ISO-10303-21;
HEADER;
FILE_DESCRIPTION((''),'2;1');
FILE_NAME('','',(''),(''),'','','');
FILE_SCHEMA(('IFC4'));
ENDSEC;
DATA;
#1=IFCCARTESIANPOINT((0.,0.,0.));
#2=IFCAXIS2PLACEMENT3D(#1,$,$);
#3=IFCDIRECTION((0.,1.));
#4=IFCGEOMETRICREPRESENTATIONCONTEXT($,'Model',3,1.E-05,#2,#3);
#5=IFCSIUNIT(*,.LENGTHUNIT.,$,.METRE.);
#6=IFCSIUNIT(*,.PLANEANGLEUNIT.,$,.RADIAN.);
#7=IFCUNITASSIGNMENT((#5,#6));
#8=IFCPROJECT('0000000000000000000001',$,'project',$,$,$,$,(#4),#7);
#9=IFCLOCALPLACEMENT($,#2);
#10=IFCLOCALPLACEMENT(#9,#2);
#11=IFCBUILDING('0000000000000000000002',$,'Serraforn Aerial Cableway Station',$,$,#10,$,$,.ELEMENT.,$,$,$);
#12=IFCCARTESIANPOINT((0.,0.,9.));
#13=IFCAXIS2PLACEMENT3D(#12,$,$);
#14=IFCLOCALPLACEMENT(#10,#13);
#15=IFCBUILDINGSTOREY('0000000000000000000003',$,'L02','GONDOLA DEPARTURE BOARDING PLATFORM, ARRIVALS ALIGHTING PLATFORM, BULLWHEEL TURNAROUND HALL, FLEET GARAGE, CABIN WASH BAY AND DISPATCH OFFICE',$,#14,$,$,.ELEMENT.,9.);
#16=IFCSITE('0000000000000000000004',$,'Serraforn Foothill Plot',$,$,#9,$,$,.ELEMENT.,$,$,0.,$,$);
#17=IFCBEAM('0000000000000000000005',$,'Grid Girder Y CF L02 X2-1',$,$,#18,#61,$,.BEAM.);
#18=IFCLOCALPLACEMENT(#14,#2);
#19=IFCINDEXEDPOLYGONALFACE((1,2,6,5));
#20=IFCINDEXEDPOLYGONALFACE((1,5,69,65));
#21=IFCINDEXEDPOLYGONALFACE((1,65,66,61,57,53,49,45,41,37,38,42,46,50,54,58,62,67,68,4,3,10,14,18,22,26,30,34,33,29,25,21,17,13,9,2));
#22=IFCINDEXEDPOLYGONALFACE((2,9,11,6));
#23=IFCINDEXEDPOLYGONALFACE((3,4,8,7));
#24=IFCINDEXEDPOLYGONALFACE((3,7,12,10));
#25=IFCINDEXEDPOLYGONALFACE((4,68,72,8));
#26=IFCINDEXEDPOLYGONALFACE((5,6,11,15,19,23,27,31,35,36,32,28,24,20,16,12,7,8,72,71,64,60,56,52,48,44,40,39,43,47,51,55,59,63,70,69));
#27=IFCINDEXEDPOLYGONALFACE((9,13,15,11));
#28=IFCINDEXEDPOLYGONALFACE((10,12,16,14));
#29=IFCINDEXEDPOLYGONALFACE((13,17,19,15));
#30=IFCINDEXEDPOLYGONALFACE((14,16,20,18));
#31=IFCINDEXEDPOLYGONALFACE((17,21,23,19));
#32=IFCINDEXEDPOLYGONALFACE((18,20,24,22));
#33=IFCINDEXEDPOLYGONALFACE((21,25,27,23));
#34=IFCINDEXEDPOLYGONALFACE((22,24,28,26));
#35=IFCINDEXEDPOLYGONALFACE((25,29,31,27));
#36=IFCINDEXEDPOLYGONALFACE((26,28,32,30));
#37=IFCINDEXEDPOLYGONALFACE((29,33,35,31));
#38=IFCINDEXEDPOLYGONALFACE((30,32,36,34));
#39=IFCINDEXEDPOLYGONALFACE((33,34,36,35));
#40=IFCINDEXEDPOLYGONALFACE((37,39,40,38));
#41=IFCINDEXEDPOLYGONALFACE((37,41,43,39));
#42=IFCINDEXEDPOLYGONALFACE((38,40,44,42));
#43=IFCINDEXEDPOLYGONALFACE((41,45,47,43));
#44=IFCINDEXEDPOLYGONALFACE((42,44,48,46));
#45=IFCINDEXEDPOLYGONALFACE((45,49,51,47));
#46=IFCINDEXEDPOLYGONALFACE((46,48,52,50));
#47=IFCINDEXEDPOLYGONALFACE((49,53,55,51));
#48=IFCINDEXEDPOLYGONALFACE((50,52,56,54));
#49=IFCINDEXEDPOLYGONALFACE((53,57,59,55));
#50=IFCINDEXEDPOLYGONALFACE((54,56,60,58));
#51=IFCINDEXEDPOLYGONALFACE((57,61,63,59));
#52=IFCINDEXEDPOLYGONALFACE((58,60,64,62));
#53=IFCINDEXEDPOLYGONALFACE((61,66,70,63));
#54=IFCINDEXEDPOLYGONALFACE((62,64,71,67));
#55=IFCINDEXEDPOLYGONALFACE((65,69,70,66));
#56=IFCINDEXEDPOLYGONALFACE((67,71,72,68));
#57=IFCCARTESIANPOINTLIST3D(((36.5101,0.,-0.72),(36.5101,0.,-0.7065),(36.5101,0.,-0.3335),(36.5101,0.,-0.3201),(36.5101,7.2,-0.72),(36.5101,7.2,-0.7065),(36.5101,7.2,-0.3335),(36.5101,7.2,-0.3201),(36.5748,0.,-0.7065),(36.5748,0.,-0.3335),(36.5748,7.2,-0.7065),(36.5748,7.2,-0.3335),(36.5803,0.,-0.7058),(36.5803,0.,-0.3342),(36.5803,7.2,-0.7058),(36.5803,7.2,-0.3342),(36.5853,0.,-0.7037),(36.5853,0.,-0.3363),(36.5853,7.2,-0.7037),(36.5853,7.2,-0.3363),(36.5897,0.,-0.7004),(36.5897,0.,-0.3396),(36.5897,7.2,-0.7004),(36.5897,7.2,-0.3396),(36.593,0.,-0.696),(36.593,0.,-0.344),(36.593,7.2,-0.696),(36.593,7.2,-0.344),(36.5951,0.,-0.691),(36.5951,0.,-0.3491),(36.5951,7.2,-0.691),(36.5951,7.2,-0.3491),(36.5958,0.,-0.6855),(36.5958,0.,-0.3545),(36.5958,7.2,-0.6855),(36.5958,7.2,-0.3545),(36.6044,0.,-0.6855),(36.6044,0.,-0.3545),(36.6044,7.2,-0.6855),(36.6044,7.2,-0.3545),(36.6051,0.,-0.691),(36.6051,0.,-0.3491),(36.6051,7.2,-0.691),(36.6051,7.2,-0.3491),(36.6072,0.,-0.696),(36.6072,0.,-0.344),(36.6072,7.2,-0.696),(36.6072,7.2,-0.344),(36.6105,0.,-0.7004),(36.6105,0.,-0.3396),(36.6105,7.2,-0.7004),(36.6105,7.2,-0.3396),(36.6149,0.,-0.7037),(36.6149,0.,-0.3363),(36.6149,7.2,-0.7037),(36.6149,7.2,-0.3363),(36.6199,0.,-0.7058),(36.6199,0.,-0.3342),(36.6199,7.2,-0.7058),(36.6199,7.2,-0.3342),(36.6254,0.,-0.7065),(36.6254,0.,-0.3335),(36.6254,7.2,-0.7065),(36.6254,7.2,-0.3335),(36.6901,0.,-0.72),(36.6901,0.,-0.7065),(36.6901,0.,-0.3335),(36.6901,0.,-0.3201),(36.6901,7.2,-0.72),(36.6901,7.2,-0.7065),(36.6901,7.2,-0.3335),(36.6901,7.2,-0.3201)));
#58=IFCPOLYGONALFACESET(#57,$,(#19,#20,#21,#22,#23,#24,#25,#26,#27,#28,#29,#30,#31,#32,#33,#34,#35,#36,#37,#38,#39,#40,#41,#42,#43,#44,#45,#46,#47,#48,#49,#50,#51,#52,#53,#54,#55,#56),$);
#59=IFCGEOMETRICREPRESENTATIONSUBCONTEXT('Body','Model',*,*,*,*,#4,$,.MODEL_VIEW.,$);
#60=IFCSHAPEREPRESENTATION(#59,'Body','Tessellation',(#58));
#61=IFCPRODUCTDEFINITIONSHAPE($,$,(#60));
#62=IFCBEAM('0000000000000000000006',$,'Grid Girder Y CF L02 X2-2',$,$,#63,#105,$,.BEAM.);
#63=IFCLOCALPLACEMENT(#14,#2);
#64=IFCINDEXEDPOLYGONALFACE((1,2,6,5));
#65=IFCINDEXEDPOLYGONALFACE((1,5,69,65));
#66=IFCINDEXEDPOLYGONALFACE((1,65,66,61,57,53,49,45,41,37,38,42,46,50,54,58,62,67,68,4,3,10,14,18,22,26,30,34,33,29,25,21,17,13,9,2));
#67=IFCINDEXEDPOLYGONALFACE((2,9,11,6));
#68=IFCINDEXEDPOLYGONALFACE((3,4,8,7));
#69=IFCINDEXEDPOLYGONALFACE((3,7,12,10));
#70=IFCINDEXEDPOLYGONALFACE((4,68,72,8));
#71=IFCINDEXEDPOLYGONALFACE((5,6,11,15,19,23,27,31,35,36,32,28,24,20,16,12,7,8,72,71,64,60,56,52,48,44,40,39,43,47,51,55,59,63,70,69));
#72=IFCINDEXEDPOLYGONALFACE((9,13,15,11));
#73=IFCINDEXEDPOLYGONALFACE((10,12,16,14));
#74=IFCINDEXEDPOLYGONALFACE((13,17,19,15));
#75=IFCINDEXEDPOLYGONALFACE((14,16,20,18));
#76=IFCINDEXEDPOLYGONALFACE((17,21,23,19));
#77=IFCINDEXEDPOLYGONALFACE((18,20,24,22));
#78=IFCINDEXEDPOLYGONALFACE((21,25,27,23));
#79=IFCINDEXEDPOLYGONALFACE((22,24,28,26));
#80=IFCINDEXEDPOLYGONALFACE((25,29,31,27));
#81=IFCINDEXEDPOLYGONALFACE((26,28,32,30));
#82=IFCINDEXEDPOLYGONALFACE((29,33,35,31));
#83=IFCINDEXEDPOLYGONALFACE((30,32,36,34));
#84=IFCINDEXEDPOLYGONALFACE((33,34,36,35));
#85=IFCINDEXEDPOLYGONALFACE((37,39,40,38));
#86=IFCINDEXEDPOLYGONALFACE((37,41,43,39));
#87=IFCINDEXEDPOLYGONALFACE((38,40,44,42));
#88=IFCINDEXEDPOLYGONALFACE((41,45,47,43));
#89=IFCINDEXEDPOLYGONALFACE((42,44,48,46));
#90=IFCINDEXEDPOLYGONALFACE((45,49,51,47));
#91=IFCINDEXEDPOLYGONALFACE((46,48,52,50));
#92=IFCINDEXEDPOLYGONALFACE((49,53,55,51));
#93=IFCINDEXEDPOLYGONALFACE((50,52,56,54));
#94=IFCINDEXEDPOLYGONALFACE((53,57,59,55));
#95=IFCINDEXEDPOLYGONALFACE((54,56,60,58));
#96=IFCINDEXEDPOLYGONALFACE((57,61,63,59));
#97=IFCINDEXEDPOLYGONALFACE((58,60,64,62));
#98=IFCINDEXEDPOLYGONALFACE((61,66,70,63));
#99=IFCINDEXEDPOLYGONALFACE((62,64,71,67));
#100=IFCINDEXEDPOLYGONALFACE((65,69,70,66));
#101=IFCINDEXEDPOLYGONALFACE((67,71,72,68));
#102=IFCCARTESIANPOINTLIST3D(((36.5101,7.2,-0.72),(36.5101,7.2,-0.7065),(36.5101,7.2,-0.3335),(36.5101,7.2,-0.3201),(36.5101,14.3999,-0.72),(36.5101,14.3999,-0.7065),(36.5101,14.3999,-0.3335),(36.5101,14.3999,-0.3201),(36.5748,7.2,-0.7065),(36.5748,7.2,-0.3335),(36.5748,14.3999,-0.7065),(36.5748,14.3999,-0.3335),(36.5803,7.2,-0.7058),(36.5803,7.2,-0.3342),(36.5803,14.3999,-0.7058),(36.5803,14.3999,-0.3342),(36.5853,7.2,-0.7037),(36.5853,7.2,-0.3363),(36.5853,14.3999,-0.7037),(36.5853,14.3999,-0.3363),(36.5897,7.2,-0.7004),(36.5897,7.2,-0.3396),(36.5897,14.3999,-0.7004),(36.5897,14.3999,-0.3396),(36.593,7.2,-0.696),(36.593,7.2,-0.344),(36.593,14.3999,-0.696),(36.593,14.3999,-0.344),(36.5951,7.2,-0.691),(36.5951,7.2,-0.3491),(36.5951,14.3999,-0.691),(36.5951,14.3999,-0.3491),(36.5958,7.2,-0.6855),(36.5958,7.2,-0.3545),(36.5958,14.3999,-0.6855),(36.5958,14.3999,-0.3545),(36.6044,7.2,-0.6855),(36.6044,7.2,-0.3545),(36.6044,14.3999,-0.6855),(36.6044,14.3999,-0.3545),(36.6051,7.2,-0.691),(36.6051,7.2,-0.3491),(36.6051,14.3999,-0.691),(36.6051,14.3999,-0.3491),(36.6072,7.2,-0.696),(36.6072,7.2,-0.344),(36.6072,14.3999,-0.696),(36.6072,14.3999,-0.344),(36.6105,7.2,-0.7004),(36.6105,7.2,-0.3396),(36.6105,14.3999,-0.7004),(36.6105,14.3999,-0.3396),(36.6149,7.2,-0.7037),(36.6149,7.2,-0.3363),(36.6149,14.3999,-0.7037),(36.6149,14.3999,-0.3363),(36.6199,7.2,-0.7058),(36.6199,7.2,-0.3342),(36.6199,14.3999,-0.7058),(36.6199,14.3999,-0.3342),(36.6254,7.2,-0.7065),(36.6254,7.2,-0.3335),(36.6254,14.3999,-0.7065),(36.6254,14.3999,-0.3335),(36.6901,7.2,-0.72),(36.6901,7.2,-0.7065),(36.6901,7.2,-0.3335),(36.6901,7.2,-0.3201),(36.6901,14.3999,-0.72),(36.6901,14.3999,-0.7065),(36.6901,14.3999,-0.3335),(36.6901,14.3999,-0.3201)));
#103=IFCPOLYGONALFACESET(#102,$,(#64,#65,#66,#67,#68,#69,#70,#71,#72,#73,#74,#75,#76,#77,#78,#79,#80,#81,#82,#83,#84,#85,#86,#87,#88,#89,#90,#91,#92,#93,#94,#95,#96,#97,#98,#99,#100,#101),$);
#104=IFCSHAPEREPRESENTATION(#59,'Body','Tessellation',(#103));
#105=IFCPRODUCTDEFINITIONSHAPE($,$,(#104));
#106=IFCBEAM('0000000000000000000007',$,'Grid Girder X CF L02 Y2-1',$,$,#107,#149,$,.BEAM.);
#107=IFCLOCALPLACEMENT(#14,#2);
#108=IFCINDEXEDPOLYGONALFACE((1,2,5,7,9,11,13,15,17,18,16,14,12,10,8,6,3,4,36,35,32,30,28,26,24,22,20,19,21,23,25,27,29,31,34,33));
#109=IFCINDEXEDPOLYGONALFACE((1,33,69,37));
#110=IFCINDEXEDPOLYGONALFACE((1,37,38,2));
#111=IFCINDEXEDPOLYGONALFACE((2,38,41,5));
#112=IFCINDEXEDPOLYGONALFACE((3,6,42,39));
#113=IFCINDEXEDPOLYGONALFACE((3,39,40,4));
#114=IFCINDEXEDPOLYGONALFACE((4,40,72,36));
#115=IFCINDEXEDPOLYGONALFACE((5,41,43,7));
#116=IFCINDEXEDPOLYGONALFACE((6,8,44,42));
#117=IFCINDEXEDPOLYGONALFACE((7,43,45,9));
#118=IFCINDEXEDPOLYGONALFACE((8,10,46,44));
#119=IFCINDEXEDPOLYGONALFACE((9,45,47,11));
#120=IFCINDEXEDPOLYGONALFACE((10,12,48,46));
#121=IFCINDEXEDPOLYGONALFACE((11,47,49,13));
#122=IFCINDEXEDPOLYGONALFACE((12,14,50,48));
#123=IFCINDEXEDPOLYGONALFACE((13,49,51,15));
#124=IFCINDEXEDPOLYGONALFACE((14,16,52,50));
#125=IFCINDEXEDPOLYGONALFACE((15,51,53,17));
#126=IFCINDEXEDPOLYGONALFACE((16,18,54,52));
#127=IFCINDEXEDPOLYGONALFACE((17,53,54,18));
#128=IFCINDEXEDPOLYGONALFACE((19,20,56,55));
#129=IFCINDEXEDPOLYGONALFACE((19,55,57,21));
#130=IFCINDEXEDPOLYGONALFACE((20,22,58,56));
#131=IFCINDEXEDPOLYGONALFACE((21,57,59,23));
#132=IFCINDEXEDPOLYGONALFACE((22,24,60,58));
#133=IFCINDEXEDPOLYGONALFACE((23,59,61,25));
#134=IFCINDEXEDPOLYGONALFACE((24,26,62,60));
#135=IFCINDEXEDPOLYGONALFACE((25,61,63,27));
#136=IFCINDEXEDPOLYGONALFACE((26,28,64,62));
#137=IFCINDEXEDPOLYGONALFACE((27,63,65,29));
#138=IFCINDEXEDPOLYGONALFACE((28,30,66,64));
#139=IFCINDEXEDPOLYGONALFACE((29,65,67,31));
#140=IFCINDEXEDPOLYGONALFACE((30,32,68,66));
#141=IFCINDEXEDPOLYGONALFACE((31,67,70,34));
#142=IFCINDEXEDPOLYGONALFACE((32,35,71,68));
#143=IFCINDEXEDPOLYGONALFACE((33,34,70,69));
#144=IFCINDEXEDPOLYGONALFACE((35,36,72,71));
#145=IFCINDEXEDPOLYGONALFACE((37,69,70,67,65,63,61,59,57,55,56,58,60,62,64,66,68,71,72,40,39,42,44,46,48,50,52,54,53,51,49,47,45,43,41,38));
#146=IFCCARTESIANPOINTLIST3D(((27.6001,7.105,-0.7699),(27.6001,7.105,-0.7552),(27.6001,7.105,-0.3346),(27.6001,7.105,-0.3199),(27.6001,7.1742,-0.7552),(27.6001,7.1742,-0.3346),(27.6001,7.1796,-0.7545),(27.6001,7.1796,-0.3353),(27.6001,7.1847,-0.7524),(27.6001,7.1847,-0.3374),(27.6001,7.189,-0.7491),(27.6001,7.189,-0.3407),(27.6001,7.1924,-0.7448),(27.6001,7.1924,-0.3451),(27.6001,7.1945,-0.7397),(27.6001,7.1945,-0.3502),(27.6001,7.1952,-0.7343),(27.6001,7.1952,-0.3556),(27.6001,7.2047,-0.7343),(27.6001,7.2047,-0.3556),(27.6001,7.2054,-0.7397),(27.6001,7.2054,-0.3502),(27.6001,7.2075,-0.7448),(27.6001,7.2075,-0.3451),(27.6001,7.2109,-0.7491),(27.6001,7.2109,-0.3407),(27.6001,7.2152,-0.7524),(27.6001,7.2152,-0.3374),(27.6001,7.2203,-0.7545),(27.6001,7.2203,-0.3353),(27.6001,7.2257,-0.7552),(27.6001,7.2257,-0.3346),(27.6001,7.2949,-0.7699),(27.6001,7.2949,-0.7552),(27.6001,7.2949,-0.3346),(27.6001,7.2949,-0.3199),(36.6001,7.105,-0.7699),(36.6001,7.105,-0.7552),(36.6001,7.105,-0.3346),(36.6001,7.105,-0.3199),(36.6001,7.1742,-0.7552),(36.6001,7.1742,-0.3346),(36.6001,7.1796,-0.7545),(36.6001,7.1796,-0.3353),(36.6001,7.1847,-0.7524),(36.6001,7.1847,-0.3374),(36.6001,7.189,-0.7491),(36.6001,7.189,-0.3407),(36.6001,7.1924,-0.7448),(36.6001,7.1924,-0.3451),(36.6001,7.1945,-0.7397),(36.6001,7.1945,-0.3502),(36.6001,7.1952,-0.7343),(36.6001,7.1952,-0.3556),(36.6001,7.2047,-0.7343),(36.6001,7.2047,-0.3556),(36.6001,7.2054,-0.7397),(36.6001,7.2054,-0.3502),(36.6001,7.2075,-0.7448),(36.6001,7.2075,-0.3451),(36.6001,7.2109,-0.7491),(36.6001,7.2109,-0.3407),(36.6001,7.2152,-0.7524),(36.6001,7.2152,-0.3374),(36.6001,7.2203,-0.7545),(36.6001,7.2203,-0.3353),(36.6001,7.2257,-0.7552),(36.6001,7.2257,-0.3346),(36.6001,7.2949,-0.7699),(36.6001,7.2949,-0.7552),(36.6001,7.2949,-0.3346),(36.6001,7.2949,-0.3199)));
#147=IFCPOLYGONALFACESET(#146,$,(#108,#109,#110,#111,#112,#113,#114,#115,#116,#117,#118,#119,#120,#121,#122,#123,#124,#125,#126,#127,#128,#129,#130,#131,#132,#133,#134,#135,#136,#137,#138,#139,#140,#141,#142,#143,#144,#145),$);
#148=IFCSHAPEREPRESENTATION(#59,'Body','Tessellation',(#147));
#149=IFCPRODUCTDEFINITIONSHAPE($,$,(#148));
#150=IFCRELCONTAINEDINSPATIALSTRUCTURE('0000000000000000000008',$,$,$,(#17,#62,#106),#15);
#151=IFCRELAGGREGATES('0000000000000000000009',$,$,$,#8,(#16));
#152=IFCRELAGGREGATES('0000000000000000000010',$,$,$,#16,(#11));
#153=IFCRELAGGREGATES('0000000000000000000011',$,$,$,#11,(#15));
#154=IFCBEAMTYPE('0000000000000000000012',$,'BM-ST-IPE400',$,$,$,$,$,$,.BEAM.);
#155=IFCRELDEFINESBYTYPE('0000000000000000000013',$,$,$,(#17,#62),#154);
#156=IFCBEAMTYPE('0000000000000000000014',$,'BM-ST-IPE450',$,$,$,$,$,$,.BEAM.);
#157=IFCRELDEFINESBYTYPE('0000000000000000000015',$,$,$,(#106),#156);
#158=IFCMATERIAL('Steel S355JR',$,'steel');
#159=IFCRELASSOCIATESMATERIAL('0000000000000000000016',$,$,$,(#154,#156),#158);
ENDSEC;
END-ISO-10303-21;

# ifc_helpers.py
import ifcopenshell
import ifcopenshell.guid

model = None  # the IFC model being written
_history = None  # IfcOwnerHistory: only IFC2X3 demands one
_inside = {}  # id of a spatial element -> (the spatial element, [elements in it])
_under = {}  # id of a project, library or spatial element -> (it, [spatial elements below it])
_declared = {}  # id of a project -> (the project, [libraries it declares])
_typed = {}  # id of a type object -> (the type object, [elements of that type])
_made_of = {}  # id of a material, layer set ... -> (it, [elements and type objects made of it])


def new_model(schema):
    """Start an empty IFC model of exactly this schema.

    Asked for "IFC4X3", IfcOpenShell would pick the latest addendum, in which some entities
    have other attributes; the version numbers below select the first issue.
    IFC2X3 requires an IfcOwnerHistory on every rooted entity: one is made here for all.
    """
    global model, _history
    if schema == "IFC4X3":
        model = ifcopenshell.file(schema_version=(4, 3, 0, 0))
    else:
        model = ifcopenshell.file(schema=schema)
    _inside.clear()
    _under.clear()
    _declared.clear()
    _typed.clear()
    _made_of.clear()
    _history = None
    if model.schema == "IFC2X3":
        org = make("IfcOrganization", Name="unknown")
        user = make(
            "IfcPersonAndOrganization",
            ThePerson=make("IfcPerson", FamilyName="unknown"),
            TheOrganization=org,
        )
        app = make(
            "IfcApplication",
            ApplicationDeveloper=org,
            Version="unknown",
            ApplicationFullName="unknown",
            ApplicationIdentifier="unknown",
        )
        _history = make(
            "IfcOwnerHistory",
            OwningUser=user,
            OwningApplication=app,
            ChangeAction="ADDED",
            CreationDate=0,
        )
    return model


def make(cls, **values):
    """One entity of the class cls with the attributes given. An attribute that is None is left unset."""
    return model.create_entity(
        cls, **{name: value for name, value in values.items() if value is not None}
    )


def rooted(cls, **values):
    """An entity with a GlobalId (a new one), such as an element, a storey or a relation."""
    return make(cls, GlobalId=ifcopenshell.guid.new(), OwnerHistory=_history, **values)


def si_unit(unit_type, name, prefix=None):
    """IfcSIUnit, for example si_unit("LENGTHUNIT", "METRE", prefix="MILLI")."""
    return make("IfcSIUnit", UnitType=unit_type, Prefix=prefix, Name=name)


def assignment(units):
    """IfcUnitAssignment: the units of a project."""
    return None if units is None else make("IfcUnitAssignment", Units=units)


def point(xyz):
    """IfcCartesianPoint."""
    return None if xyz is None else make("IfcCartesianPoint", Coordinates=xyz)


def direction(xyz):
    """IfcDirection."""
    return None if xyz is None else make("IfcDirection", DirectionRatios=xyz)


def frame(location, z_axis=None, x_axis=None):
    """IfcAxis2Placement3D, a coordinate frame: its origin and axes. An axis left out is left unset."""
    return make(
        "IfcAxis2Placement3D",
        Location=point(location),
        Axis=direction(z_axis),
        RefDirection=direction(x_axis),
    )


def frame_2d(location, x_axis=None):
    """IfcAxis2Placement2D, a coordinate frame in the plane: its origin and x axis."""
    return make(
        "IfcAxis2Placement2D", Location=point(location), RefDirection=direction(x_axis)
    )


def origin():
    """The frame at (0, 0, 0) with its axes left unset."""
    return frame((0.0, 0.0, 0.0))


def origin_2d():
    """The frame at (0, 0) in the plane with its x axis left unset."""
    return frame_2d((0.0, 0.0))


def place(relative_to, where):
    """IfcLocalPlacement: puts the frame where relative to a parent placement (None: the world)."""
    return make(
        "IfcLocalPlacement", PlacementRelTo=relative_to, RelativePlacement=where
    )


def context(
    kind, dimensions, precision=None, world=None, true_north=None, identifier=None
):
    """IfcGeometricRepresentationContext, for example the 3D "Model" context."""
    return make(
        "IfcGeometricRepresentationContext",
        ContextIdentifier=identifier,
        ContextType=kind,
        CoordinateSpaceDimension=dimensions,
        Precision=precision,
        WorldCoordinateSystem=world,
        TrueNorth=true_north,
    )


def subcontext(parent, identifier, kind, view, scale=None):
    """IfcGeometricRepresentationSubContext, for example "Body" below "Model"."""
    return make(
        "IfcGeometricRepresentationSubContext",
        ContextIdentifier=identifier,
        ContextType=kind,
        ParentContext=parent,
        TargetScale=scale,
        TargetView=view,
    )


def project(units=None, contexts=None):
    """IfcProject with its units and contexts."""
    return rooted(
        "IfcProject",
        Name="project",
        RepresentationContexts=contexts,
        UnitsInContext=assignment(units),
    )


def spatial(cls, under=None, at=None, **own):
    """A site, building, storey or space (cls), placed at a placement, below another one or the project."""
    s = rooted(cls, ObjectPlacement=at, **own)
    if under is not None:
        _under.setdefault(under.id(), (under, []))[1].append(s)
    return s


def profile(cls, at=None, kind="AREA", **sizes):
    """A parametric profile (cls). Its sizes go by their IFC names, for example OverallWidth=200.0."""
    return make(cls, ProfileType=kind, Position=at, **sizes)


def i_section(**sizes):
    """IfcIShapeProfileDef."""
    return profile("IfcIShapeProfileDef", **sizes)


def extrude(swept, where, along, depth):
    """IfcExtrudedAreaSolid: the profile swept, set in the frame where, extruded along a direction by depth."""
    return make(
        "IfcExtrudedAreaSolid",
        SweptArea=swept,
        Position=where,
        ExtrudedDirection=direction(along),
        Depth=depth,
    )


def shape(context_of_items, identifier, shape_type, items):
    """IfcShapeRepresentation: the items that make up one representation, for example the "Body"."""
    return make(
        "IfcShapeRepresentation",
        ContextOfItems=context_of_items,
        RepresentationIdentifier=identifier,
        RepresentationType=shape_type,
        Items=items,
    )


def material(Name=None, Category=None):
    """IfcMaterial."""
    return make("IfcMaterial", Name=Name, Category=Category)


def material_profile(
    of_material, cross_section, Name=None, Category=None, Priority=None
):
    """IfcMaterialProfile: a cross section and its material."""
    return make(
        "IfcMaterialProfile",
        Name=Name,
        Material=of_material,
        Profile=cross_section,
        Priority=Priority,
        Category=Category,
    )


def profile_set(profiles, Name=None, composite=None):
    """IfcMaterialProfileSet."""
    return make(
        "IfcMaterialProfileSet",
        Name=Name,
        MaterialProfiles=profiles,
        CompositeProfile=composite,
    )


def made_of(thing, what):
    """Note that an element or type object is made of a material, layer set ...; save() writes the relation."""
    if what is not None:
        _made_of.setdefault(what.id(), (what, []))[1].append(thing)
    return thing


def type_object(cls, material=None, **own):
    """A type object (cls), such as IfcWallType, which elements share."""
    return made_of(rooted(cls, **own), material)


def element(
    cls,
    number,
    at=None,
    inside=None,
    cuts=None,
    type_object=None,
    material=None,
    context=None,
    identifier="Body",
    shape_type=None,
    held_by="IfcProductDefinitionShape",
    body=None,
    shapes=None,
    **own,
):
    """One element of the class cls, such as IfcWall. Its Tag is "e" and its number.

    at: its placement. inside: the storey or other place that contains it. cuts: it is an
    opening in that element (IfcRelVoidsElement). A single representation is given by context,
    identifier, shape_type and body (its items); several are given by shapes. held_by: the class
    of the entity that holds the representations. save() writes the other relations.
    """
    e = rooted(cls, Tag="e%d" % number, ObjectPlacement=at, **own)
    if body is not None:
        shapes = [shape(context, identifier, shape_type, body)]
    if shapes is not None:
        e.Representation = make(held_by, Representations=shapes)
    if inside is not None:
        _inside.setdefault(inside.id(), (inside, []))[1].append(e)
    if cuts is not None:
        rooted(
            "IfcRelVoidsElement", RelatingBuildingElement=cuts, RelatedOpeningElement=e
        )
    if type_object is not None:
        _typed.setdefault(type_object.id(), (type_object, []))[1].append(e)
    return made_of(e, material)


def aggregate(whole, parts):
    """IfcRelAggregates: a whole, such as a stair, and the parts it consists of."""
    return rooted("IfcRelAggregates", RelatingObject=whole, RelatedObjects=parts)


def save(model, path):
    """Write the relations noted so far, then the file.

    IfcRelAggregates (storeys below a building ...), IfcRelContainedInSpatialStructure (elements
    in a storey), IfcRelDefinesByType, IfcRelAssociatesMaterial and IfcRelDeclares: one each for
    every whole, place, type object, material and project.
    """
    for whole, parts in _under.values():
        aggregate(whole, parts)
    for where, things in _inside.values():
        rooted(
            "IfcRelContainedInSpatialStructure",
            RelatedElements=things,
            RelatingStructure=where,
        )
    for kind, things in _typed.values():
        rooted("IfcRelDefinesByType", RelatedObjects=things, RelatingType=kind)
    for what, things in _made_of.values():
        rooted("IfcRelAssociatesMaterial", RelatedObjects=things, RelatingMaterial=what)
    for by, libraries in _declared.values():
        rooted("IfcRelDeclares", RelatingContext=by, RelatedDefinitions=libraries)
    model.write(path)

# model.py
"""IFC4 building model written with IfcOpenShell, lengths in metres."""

from ifc_helpers import new_model, si_unit, direction, frame, origin, origin_2d, place, context, subcontext, project, spatial, i_section, extrude, material, material_profile, profile_set, type_object, element, save


model = new_model("IFC4")

# Units and contexts
model_context = context("Model", 3, precision=1e-05, world=origin(), true_north=direction((0.0, 1.0)))
body_context = subcontext(model_context, "Body", "Model", "MODEL_VIEW")
ifc_project = project(units=[si_unit("LENGTHUNIT", "METRE"), si_unit("PLANEANGLEUNIT", "RADIAN")], contexts=[model_context])

# Site, building, storey
site_placement = place(None, origin())
site = spatial("IfcSite", under=ifc_project, at=site_placement, Name="Serraforn Foothill Plot", CompositionType="ELEMENT", RefElevation=0.0)
building_placement = place(site_placement, origin())
building = spatial("IfcBuilding", under=site, at=building_placement, Name="Serraforn Aerial Cableway Station", CompositionType="ELEMENT")
storey_placement = place(building_placement, frame((0.0, 0.0, 9.0)))
storey = spatial("IfcBuildingStorey", under=building, at=storey_placement, Name="L02", Description="GONDOLA DEPARTURE BOARDING PLATFORM, ARRIVALS ALIGHTING PLATFORM, BULLWHEEL TURNAROUND HALL, FLEET GARAGE, CABIN WASH BAY AND DISPATCH OFFICE", CompositionType="ELEMENT", Elevation=9.0)

# Beams
ifc_material_1 = material(Name="Steel S355JR", Category="steel")
ifc_material_profile_1 = material_profile(ifc_material_1, i_section(OverallWidth=0.1799, OverallDepth=0.3999, WebThickness=0.0085, FlangeThickness=0.0134, FilletRadius=0.021, at=origin_2d()), Name="IPE 400")
ifc_profile_set_1 = profile_set([ifc_material_profile_1], Name="Steel S355JR")
beam_type_1 = type_object("IfcBeamType", Name="BM-ST-IPE400", PredefinedType="BEAM", material=ifc_profile_set_1)
for number, where, z_axis, x_axis, name in (
    (1, (36.6001, 0.0, -0.52), (0.0, 1.0, 0.0), (-1.0, 0.0, 0.0), "Grid Girder Y CF L02 X2-1"),
    (2, (36.6001, 7.2, -0.52), (0.0, 1.0, 0.0), (-1.0, 0.0, 0.0), "Grid Girder Y CF L02 X2-2"),
):
    element("IfcBeam", number, at=place(storey_placement, frame(where, z_axis=z_axis, x_axis=x_axis)), inside=storey, type_object=beam_type_1, Name=name, PredefinedType="BEAM", context=body_context, shape_type="SweptSolid", body=[
        extrude(i_section(OverallWidth=0.1799, OverallDepth=0.3999, WebThickness=0.0085, FlangeThickness=0.0134, FilletRadius=0.021, at=origin_2d()), origin(), (0.0, 0.0, 1.0), 7.2),
    ])
ifc_material_profile_2 = material_profile(ifc_material_1, i_section(OverallWidth=0.1899, OverallDepth=0.45, WebThickness=0.0095, FlangeThickness=0.0146, FilletRadius=0.021, at=origin_2d()), Name="IPE 450")
ifc_profile_set_2 = profile_set([ifc_material_profile_2], Name="Steel S355JR")
beam_type_2 = type_object("IfcBeamType", Name="BM-ST-IPE450", PredefinedType="BEAM", material=ifc_profile_set_2)
beam_1_placement = place(storey_placement, frame((27.6001, 7.2, -0.5449), z_axis=(1.0, 0.0, 0.0), x_axis=(0.0, 1.0, 0.0)))
element("IfcBeam", 3, at=beam_1_placement, inside=storey, type_object=beam_type_2, Name="Grid Girder X CF L02 Y2-1", PredefinedType="BEAM", context=body_context, shape_type="SweptSolid", body=[
    extrude(i_section(OverallWidth=0.1899, OverallDepth=0.45, WebThickness=0.0095, FlangeThickness=0.0146, FilletRadius=0.021, at=origin_2d()), origin(), (0.0, 0.0, 1.0), 9.0),
])

save(model, "model.ifc")
